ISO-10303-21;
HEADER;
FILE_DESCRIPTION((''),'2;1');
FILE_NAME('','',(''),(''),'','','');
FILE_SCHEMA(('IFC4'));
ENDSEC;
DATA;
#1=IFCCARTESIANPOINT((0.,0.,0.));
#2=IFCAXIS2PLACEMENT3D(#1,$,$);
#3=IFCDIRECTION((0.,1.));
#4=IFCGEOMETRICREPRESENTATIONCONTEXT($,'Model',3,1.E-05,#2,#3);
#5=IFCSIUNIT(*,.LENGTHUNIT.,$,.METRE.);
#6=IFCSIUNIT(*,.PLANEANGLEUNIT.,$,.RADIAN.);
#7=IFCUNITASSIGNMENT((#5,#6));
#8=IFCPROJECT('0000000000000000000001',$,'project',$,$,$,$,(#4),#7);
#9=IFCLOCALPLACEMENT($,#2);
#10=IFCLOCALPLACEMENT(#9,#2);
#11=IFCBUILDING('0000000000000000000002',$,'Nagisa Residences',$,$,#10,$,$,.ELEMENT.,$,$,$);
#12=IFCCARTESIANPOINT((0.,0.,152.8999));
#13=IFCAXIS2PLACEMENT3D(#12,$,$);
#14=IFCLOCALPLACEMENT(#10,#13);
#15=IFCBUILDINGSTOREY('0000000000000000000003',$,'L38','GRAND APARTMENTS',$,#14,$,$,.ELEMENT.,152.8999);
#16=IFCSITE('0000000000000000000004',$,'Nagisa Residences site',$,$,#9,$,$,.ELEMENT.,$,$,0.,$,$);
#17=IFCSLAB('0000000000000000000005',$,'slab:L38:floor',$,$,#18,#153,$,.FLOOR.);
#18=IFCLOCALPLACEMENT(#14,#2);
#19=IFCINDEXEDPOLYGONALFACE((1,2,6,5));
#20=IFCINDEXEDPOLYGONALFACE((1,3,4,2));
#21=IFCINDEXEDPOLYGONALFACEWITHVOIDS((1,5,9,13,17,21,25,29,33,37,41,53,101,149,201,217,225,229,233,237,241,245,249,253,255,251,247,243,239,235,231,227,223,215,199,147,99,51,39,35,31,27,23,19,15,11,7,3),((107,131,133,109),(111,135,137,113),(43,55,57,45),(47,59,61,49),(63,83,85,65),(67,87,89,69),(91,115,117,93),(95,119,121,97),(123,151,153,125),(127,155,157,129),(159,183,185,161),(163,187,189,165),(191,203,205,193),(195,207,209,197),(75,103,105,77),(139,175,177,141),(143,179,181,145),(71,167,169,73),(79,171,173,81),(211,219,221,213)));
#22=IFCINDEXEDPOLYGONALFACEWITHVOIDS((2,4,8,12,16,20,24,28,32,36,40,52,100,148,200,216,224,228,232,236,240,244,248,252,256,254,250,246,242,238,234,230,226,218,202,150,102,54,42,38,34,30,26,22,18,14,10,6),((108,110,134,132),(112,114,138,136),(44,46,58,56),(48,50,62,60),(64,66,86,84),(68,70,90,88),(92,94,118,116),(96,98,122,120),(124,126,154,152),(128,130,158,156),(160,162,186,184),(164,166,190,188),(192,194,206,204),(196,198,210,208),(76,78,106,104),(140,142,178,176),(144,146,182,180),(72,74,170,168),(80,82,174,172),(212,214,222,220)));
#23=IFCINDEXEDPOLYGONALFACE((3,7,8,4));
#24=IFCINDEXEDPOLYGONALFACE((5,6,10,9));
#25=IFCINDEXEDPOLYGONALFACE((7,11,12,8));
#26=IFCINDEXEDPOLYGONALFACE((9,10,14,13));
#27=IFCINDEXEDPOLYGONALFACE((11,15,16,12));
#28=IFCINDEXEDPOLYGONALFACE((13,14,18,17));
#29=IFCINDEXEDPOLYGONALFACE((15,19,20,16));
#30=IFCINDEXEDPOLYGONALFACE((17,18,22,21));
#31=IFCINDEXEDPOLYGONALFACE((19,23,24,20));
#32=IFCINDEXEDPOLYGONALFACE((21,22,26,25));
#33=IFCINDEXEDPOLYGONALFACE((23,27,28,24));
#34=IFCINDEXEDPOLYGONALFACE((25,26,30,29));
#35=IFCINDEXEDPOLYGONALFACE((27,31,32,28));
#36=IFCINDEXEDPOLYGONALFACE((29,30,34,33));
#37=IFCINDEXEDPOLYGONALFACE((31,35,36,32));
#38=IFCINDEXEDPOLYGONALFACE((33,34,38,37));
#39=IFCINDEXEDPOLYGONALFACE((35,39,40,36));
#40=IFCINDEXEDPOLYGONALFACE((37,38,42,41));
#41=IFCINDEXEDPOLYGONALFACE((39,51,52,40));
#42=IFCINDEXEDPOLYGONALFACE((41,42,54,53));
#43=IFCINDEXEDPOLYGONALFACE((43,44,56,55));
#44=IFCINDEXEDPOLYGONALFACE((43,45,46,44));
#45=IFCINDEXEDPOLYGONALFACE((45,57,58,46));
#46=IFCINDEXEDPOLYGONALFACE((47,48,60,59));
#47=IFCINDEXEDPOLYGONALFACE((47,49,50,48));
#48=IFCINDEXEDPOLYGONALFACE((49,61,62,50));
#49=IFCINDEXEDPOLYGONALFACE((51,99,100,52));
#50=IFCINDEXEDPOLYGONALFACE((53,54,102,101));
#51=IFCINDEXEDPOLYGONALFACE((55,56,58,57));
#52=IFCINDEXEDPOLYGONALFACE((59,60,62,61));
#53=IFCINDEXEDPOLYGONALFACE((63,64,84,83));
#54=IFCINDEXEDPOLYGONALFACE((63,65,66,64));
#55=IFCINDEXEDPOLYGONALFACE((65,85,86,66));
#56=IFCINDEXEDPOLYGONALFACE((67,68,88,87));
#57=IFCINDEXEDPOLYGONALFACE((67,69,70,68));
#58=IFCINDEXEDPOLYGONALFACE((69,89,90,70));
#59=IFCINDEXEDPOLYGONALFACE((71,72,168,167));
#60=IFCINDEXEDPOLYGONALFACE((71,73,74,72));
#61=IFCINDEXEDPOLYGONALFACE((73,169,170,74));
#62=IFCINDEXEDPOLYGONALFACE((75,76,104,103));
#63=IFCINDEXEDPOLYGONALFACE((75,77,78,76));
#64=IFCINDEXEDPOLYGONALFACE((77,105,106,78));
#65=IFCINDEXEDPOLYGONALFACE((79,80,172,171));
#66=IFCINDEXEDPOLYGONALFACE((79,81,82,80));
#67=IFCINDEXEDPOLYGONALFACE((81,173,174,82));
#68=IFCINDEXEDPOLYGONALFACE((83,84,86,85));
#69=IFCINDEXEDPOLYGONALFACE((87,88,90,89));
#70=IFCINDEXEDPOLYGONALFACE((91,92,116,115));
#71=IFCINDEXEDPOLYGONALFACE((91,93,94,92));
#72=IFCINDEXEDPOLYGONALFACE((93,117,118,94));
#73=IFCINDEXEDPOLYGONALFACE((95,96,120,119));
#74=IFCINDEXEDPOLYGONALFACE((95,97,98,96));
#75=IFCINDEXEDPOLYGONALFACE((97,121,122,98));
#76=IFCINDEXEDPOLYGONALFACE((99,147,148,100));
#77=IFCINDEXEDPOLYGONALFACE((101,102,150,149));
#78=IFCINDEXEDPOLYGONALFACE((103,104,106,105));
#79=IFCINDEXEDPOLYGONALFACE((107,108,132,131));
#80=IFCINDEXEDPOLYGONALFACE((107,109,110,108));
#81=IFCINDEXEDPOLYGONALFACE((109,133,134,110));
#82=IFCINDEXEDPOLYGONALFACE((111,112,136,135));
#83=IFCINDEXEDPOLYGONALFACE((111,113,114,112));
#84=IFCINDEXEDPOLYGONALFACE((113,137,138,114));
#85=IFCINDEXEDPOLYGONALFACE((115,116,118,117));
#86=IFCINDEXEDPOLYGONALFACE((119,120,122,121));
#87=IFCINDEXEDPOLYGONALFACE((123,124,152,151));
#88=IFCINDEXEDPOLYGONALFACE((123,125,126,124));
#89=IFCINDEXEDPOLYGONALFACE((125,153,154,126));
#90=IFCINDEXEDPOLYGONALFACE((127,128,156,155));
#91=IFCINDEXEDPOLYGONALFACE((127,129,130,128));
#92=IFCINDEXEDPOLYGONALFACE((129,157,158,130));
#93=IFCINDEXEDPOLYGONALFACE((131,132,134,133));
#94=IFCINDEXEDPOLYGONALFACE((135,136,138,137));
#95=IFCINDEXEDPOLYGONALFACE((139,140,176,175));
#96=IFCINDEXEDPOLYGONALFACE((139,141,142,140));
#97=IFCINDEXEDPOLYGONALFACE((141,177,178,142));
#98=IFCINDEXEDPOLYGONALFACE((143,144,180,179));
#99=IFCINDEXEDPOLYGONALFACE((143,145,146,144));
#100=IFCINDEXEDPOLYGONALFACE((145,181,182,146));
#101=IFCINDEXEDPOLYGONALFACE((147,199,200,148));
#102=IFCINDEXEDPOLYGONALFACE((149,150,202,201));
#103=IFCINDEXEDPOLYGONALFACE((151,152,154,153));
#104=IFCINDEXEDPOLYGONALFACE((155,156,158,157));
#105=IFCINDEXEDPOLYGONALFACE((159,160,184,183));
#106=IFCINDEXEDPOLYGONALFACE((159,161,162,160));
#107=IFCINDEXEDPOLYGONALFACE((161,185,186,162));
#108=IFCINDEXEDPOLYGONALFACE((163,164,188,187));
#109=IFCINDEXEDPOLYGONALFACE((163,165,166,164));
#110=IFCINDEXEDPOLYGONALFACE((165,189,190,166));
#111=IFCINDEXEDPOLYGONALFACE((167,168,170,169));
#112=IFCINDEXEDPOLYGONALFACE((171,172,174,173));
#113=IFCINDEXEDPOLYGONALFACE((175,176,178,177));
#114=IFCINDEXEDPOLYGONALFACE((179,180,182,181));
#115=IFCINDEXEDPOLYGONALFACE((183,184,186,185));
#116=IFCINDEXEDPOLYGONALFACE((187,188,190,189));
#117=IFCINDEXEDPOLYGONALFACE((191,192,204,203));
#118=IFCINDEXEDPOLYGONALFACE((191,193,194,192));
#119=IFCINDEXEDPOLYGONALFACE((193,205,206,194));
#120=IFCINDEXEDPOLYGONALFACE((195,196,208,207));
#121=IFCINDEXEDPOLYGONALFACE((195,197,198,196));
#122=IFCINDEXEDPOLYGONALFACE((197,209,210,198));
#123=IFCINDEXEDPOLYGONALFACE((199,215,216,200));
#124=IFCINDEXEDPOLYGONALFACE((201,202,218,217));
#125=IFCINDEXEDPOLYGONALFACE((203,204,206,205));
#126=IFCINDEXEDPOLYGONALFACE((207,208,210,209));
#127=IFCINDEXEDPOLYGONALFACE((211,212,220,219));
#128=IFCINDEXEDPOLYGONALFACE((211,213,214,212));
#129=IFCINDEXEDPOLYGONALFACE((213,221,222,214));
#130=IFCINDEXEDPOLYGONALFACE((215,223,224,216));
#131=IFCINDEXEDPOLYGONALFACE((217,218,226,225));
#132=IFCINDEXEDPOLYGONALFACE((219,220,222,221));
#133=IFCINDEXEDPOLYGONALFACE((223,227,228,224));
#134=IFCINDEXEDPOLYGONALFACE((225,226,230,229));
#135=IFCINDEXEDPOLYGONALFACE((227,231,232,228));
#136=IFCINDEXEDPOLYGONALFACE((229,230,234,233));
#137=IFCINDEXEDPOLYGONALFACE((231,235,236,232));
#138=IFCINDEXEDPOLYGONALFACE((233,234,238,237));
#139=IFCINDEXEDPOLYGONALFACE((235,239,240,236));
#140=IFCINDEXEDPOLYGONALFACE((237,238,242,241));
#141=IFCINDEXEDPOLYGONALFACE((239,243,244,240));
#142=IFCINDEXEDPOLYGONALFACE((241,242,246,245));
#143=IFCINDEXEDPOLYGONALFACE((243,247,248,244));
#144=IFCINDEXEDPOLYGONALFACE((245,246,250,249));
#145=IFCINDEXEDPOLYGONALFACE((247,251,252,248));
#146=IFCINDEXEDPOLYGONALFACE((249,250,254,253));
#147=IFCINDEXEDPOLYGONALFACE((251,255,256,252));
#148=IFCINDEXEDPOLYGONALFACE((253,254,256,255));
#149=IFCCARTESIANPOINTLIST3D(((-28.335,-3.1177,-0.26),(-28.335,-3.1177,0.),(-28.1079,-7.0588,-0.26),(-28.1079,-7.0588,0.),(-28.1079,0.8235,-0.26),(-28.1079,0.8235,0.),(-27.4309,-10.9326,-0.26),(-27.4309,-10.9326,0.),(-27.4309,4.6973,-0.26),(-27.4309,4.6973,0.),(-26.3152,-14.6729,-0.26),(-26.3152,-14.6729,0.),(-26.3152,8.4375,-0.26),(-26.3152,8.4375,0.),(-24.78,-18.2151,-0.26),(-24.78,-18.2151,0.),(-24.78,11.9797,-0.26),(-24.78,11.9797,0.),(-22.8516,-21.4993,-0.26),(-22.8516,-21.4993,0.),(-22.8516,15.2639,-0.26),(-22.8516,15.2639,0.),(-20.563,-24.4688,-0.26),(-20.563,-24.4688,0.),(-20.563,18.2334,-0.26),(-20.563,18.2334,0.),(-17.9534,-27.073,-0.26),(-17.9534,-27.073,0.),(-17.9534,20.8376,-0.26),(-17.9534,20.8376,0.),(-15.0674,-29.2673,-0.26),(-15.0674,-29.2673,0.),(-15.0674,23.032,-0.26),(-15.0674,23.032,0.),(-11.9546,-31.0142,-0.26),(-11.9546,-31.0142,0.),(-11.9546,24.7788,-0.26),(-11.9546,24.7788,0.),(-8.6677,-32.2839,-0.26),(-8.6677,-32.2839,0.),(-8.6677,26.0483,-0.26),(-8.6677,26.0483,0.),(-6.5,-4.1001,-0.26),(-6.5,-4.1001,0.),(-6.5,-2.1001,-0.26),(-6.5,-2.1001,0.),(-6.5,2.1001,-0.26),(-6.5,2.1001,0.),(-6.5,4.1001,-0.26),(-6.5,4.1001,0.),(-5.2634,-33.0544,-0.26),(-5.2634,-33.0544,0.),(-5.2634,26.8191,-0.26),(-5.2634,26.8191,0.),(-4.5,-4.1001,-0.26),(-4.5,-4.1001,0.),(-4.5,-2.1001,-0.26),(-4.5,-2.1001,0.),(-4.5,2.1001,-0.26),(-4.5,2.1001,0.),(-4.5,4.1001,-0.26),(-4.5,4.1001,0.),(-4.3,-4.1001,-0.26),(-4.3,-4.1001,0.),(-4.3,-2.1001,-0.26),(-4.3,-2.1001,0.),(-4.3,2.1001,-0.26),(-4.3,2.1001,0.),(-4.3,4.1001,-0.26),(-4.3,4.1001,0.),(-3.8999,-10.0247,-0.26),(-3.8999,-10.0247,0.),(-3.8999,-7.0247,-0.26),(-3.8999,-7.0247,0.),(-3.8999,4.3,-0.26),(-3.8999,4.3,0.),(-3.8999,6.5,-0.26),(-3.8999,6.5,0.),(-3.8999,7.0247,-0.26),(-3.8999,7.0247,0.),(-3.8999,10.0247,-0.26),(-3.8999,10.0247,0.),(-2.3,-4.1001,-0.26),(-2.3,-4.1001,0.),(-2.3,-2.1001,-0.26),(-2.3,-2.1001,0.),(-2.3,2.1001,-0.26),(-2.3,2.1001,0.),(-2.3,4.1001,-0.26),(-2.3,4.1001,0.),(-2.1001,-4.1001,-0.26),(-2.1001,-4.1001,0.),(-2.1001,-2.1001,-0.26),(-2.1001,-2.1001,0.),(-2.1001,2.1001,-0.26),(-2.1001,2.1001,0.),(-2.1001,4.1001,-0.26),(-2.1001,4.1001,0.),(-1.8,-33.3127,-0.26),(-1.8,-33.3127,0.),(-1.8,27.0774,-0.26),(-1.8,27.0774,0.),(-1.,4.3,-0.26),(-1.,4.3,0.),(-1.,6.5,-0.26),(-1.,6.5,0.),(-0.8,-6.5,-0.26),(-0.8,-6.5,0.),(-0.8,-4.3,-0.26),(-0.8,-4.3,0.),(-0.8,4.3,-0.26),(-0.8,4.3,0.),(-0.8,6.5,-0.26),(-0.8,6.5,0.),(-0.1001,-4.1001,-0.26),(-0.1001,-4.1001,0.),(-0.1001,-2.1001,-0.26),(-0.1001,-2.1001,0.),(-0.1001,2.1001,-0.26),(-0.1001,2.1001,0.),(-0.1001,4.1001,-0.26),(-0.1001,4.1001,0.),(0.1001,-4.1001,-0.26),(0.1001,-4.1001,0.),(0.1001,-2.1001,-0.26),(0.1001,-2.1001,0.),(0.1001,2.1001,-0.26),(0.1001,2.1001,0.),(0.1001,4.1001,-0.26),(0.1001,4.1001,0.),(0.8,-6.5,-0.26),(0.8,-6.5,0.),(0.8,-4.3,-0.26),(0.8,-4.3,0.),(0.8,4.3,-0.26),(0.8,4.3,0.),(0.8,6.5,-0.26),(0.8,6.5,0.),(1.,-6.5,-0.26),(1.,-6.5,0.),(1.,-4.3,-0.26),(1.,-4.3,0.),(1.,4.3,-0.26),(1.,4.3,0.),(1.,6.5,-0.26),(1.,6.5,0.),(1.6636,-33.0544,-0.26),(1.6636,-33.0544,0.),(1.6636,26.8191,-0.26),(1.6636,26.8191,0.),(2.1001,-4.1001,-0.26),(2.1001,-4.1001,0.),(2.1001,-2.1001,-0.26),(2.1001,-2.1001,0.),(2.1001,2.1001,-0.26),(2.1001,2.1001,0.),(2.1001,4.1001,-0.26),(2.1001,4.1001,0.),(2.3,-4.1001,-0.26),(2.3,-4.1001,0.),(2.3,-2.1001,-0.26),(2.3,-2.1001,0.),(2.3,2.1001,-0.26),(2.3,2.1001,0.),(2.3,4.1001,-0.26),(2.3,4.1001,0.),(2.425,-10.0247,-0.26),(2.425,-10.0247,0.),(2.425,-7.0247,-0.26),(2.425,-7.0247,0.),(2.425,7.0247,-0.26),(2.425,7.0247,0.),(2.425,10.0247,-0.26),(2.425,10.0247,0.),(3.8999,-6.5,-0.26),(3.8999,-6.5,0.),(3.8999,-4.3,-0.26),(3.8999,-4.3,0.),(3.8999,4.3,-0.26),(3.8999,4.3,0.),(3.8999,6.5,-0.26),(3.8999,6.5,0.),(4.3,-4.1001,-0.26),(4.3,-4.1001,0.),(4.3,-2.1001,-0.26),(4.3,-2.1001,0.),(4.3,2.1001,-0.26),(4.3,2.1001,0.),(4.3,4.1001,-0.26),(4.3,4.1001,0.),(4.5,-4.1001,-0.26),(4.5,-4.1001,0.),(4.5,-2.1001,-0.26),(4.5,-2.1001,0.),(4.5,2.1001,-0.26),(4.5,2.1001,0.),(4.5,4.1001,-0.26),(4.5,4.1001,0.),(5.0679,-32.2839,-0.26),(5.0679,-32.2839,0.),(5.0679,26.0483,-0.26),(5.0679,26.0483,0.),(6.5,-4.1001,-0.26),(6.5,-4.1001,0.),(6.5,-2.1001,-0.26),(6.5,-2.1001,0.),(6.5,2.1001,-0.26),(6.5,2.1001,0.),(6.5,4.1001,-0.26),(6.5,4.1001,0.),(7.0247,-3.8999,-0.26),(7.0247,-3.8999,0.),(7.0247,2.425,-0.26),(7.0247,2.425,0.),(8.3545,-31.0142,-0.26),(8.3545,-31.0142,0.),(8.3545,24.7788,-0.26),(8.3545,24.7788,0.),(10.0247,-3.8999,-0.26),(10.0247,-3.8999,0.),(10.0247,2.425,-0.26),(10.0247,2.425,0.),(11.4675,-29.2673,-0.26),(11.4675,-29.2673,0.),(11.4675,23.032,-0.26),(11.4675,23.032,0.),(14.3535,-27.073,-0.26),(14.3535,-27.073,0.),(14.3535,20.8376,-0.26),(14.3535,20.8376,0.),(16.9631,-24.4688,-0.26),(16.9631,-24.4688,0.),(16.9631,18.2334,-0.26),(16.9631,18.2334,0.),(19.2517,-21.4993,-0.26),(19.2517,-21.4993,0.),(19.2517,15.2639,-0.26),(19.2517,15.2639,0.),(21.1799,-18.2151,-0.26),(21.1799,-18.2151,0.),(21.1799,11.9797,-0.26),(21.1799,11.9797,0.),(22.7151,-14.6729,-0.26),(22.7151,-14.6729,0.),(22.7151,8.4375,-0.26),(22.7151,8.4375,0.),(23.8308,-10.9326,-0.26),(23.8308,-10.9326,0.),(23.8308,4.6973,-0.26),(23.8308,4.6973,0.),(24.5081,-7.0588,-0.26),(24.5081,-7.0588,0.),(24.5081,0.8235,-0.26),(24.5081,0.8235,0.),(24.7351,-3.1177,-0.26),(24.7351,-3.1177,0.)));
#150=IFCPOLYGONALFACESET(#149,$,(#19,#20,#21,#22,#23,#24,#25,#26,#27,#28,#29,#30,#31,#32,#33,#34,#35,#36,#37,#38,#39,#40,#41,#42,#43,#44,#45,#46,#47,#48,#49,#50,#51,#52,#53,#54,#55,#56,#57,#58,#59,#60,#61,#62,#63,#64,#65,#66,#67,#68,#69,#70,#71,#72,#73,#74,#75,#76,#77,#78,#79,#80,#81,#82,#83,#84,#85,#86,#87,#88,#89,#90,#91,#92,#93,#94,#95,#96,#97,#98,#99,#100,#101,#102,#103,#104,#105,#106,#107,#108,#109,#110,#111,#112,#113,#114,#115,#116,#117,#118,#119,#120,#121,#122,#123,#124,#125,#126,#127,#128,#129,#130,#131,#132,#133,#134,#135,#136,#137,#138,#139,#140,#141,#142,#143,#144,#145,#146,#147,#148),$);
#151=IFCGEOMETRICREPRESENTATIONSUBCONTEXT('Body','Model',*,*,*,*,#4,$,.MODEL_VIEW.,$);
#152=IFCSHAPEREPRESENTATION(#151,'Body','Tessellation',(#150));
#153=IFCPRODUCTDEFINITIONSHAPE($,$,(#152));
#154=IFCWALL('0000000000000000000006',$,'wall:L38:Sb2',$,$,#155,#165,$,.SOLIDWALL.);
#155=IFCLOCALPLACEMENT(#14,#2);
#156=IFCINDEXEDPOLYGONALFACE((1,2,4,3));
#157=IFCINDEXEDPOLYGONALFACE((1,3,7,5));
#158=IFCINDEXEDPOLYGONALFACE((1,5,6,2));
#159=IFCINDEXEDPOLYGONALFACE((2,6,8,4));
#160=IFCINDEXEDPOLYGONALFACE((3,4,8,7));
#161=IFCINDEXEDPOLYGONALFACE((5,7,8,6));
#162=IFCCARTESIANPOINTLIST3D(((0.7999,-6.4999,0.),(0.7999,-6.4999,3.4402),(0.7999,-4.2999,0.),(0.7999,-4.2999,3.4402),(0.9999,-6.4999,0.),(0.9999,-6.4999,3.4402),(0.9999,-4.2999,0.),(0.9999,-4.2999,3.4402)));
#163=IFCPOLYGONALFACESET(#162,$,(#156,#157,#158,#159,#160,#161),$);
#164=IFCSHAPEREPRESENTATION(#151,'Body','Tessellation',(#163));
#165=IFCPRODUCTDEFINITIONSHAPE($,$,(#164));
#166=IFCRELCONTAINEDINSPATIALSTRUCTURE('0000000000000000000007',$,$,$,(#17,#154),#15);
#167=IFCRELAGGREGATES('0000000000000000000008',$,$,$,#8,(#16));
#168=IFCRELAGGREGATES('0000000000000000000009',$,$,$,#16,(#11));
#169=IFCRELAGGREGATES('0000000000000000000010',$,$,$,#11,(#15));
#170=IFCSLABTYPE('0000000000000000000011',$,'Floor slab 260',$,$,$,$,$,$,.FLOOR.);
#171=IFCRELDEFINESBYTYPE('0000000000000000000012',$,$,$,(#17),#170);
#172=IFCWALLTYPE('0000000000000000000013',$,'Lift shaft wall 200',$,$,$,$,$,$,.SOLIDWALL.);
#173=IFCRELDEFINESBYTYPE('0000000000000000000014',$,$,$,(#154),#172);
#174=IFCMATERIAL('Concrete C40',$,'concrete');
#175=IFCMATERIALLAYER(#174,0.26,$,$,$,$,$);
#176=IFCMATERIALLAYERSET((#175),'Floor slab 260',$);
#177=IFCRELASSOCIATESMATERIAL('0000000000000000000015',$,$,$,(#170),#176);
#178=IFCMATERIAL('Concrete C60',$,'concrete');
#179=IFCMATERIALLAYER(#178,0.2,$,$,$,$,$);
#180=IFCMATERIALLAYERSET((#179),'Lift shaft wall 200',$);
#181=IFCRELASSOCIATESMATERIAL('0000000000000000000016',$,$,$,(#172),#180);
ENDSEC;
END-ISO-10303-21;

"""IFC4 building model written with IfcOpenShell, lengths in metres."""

from ifc_helpers import new_model, si_unit, direction, frame, frame_2d, origin, place, context, subcontext, project, spatial, polyline, rectangle, outline, extrude, material, layer, layer_set, type_object, element, save


model = new_model("IFC4")

# Units and contexts
model_context = context("Model", 3, precision=1e-05, world=origin(), true_north=direction((0.0, 1.0)))
body_context = subcontext(model_context, "Body", "Model", "MODEL_VIEW")
ifc_project = project(units=[si_unit("LENGTHUNIT", "METRE"), si_unit("PLANEANGLEUNIT", "RADIAN")], contexts=[model_context])

# Site, building, storey
site_placement = place(None, origin())
site = spatial("IfcSite", under=ifc_project, at=site_placement, Name="Nagisa Residences site", CompositionType="ELEMENT", RefElevation=0.0)
building_placement = place(site_placement, origin())
building = spatial("IfcBuilding", under=site, at=building_placement, Name="Nagisa Residences", CompositionType="ELEMENT")
storey_placement = place(building_placement, frame((0.0, 0.0, 152.8999)))
storey = spatial("IfcBuildingStorey", under=building, at=storey_placement, Name="L38", Description="GRAND APARTMENTS", CompositionType="ELEMENT", Elevation=152.8999)

# Slab
ifc_material_1 = material(Name="Concrete C40", Category="concrete")
ifc_layer_1 = layer(ifc_material_1, 0.26)
ifc_layer_set_1 = layer_set([ifc_layer_1], Name="Floor slab 260")
slab_type_1 = type_object("IfcSlabType", Name="Floor slab 260", PredefinedType="FLOOR", material=ifc_layer_set_1)
slab_1_placement = place(storey_placement, frame((0.0, 0.0, -0.26)))
element("IfcSlab", 1, at=slab_1_placement, inside=storey, type_object=slab_type_1, Name="slab:L38:floor", PredefinedType="FLOOR", context=body_context, shape_type="SweptSolid", body=[
    extrude(outline(polyline([(24.7351, -3.1177), (24.5081, 0.8235), (23.8308, 4.6973), (22.7151, 8.4375), (21.1799, 11.9797), (19.2517, 15.2639), (16.9631, 18.2334), (14.3535, 20.8376), (11.4675, 23.032), (8.3545, 24.7788), (5.0679, 26.0483), (1.6636, 26.8191), (-1.8, 27.0774), (-5.2634, 26.8191), (-8.6677, 26.0483), (-11.9546, 24.7788), (-15.0674, 23.032), (-17.9534, 20.8376), (-20.563, 18.2334), (-22.8516, 15.2639), (-24.78, 11.9797), (-26.3152, 8.4375), (-27.4309, 4.6973), (-28.1079, 0.8235), (-28.335, -3.1177), (-28.1079, -7.0588), (-27.4309, -10.9326), (-26.3152, -14.6729), (-24.78, -18.2151), (-22.8516, -21.4993), (-20.563, -24.4688), (-17.9534, -27.073), (-15.0674, -29.2673), (-11.9546, -31.0142), (-8.6677, -32.2839), (-5.2634, -33.0544), (-1.8, -33.3127), (1.6636, -33.0544), (5.0679, -32.2839), (8.3545, -31.0142), (11.4675, -29.2673), (14.3535, -27.073), (16.9631, -24.4688), (19.2517, -21.4993), (21.1799, -18.2151), (22.7151, -14.6729), (23.8308, -10.9326), (24.5081, -7.0588), (24.7351, -3.1177)]), holes=[polyline([(-4.5, 2.1001), (-4.5, 4.1001), (-6.5, 4.1001), (-6.5, 2.1001), (-4.5, 2.1001)]), polyline([(-2.3, 2.1001), (-2.3, 4.1001), (-4.3, 4.1001), (-4.3, 2.1001), (-2.3, 2.1001)]), polyline([(-0.1001, 2.1001), (-0.1001, 4.1001), (-2.1001, 4.1001), (-2.1001, 2.1001), (-0.1001, 2.1001)]), polyline([(2.1001, 2.1001), (2.1001, 4.1001), (0.1001, 4.1001), (0.1001, 2.1001), (2.1001, 2.1001)]), polyline([(4.3, 2.1001), (4.3, 4.1001), (2.3, 4.1001), (2.3, 2.1001), (4.3, 2.1001)]), polyline([(6.5, 2.1001), (6.5, 4.1001), (4.5, 4.1001), (4.5, 2.1001), (6.5, 2.1001)]), polyline([(-4.5, -4.1001), (-4.5, -2.1001), (-6.5, -2.1001), (-6.5, -4.1001), (-4.5, -4.1001)]), polyline([(-2.3, -4.1001), (-2.3, -2.1001), (-4.3, -2.1001), (-4.3, -4.1001), (-2.3, -4.1001)]), polyline([(-0.1001, -4.1001), (-0.1001, -2.1001), (-2.1001, -2.1001), (-2.1001, -4.1001), (-0.1001, -4.1001)]), polyline([(2.1001, -4.1001), (2.1001, -2.1001), (0.1001, -2.1001), (0.1001, -4.1001), (2.1001, -4.1001)]), polyline([(4.3, -4.1001), (4.3, -2.1001), (2.3, -2.1001), (2.3, -4.1001), (4.3, -4.1001)]), polyline([(6.5, -4.1001), (6.5, -2.1001), (4.5, -2.1001), (4.5, -4.1001), (6.5, -4.1001)]), polyline([(3.8999, 4.3), (3.8999, 6.5), (1.0, 6.5), (1.0, 4.3), (3.8999, 4.3)]), polyline([(3.8999, -6.5), (3.8999, -4.3), (1.0, -4.3), (1.0, -6.5), (3.8999, -6.5)]), polyline([(-1.0, 4.3), (-1.0, 6.5), (-3.8999, 6.5), (-3.8999, 4.3), (-1.0, 4.3)]), polyline([(0.8, 4.3), (0.8, 6.5), (-0.8, 6.5), (-0.8, 4.3), (0.8, 4.3)]), polyline([(0.8, -6.5), (0.8, -4.3), (-0.8, -4.3), (-0.8, -6.5), (0.8, -6.5)]), polyline([(10.0247, -3.8999), (7.0247, -3.8999), (7.0247, 2.425), (10.0247, 2.425), (10.0247, -3.8999)]), polyline([(-3.8999, 7.0247), (-3.8999, 10.0247), (2.425, 10.0247), (2.425, 7.0247), (-3.8999, 7.0247)]), polyline([(-3.8999, -10.0247), (-3.8999, -7.0247), (2.425, -7.0247), (2.425, -10.0247), (-3.8999, -10.0247)])]), origin(), (0.0, 0.0, 1.0), 0.26),
])

# Wall
ifc_material_2 = material(Name="Concrete C60", Category="concrete")
ifc_layer_2 = layer(ifc_material_2, 0.2)
ifc_layer_set_2 = layer_set([ifc_layer_2], Name="Lift shaft wall 200")
wall_type = type_object("IfcWallType", Name="Lift shaft wall 200", PredefinedType="SOLIDWALL", material=ifc_layer_set_2)
wall_placement = place(storey_placement, frame((0.8999, -6.5, 0.0), z_axis=(0.0, 0.0, 1.0), x_axis=(0.0, 1.0, 0.0)))
element("IfcWall", 2, at=wall_placement, inside=storey, type_object=wall_type, Name="wall:L38:Sb2", PredefinedType="SOLIDWALL", context=body_context, shape_type="SweptSolid", body=[
    extrude(rectangle(XDim=2.2, YDim=0.2, at=frame_2d((1.1001, 0.0))), origin(), (0.0, 0.0, 1.0), 3.4402),
])

save(model, "model.ifc")
